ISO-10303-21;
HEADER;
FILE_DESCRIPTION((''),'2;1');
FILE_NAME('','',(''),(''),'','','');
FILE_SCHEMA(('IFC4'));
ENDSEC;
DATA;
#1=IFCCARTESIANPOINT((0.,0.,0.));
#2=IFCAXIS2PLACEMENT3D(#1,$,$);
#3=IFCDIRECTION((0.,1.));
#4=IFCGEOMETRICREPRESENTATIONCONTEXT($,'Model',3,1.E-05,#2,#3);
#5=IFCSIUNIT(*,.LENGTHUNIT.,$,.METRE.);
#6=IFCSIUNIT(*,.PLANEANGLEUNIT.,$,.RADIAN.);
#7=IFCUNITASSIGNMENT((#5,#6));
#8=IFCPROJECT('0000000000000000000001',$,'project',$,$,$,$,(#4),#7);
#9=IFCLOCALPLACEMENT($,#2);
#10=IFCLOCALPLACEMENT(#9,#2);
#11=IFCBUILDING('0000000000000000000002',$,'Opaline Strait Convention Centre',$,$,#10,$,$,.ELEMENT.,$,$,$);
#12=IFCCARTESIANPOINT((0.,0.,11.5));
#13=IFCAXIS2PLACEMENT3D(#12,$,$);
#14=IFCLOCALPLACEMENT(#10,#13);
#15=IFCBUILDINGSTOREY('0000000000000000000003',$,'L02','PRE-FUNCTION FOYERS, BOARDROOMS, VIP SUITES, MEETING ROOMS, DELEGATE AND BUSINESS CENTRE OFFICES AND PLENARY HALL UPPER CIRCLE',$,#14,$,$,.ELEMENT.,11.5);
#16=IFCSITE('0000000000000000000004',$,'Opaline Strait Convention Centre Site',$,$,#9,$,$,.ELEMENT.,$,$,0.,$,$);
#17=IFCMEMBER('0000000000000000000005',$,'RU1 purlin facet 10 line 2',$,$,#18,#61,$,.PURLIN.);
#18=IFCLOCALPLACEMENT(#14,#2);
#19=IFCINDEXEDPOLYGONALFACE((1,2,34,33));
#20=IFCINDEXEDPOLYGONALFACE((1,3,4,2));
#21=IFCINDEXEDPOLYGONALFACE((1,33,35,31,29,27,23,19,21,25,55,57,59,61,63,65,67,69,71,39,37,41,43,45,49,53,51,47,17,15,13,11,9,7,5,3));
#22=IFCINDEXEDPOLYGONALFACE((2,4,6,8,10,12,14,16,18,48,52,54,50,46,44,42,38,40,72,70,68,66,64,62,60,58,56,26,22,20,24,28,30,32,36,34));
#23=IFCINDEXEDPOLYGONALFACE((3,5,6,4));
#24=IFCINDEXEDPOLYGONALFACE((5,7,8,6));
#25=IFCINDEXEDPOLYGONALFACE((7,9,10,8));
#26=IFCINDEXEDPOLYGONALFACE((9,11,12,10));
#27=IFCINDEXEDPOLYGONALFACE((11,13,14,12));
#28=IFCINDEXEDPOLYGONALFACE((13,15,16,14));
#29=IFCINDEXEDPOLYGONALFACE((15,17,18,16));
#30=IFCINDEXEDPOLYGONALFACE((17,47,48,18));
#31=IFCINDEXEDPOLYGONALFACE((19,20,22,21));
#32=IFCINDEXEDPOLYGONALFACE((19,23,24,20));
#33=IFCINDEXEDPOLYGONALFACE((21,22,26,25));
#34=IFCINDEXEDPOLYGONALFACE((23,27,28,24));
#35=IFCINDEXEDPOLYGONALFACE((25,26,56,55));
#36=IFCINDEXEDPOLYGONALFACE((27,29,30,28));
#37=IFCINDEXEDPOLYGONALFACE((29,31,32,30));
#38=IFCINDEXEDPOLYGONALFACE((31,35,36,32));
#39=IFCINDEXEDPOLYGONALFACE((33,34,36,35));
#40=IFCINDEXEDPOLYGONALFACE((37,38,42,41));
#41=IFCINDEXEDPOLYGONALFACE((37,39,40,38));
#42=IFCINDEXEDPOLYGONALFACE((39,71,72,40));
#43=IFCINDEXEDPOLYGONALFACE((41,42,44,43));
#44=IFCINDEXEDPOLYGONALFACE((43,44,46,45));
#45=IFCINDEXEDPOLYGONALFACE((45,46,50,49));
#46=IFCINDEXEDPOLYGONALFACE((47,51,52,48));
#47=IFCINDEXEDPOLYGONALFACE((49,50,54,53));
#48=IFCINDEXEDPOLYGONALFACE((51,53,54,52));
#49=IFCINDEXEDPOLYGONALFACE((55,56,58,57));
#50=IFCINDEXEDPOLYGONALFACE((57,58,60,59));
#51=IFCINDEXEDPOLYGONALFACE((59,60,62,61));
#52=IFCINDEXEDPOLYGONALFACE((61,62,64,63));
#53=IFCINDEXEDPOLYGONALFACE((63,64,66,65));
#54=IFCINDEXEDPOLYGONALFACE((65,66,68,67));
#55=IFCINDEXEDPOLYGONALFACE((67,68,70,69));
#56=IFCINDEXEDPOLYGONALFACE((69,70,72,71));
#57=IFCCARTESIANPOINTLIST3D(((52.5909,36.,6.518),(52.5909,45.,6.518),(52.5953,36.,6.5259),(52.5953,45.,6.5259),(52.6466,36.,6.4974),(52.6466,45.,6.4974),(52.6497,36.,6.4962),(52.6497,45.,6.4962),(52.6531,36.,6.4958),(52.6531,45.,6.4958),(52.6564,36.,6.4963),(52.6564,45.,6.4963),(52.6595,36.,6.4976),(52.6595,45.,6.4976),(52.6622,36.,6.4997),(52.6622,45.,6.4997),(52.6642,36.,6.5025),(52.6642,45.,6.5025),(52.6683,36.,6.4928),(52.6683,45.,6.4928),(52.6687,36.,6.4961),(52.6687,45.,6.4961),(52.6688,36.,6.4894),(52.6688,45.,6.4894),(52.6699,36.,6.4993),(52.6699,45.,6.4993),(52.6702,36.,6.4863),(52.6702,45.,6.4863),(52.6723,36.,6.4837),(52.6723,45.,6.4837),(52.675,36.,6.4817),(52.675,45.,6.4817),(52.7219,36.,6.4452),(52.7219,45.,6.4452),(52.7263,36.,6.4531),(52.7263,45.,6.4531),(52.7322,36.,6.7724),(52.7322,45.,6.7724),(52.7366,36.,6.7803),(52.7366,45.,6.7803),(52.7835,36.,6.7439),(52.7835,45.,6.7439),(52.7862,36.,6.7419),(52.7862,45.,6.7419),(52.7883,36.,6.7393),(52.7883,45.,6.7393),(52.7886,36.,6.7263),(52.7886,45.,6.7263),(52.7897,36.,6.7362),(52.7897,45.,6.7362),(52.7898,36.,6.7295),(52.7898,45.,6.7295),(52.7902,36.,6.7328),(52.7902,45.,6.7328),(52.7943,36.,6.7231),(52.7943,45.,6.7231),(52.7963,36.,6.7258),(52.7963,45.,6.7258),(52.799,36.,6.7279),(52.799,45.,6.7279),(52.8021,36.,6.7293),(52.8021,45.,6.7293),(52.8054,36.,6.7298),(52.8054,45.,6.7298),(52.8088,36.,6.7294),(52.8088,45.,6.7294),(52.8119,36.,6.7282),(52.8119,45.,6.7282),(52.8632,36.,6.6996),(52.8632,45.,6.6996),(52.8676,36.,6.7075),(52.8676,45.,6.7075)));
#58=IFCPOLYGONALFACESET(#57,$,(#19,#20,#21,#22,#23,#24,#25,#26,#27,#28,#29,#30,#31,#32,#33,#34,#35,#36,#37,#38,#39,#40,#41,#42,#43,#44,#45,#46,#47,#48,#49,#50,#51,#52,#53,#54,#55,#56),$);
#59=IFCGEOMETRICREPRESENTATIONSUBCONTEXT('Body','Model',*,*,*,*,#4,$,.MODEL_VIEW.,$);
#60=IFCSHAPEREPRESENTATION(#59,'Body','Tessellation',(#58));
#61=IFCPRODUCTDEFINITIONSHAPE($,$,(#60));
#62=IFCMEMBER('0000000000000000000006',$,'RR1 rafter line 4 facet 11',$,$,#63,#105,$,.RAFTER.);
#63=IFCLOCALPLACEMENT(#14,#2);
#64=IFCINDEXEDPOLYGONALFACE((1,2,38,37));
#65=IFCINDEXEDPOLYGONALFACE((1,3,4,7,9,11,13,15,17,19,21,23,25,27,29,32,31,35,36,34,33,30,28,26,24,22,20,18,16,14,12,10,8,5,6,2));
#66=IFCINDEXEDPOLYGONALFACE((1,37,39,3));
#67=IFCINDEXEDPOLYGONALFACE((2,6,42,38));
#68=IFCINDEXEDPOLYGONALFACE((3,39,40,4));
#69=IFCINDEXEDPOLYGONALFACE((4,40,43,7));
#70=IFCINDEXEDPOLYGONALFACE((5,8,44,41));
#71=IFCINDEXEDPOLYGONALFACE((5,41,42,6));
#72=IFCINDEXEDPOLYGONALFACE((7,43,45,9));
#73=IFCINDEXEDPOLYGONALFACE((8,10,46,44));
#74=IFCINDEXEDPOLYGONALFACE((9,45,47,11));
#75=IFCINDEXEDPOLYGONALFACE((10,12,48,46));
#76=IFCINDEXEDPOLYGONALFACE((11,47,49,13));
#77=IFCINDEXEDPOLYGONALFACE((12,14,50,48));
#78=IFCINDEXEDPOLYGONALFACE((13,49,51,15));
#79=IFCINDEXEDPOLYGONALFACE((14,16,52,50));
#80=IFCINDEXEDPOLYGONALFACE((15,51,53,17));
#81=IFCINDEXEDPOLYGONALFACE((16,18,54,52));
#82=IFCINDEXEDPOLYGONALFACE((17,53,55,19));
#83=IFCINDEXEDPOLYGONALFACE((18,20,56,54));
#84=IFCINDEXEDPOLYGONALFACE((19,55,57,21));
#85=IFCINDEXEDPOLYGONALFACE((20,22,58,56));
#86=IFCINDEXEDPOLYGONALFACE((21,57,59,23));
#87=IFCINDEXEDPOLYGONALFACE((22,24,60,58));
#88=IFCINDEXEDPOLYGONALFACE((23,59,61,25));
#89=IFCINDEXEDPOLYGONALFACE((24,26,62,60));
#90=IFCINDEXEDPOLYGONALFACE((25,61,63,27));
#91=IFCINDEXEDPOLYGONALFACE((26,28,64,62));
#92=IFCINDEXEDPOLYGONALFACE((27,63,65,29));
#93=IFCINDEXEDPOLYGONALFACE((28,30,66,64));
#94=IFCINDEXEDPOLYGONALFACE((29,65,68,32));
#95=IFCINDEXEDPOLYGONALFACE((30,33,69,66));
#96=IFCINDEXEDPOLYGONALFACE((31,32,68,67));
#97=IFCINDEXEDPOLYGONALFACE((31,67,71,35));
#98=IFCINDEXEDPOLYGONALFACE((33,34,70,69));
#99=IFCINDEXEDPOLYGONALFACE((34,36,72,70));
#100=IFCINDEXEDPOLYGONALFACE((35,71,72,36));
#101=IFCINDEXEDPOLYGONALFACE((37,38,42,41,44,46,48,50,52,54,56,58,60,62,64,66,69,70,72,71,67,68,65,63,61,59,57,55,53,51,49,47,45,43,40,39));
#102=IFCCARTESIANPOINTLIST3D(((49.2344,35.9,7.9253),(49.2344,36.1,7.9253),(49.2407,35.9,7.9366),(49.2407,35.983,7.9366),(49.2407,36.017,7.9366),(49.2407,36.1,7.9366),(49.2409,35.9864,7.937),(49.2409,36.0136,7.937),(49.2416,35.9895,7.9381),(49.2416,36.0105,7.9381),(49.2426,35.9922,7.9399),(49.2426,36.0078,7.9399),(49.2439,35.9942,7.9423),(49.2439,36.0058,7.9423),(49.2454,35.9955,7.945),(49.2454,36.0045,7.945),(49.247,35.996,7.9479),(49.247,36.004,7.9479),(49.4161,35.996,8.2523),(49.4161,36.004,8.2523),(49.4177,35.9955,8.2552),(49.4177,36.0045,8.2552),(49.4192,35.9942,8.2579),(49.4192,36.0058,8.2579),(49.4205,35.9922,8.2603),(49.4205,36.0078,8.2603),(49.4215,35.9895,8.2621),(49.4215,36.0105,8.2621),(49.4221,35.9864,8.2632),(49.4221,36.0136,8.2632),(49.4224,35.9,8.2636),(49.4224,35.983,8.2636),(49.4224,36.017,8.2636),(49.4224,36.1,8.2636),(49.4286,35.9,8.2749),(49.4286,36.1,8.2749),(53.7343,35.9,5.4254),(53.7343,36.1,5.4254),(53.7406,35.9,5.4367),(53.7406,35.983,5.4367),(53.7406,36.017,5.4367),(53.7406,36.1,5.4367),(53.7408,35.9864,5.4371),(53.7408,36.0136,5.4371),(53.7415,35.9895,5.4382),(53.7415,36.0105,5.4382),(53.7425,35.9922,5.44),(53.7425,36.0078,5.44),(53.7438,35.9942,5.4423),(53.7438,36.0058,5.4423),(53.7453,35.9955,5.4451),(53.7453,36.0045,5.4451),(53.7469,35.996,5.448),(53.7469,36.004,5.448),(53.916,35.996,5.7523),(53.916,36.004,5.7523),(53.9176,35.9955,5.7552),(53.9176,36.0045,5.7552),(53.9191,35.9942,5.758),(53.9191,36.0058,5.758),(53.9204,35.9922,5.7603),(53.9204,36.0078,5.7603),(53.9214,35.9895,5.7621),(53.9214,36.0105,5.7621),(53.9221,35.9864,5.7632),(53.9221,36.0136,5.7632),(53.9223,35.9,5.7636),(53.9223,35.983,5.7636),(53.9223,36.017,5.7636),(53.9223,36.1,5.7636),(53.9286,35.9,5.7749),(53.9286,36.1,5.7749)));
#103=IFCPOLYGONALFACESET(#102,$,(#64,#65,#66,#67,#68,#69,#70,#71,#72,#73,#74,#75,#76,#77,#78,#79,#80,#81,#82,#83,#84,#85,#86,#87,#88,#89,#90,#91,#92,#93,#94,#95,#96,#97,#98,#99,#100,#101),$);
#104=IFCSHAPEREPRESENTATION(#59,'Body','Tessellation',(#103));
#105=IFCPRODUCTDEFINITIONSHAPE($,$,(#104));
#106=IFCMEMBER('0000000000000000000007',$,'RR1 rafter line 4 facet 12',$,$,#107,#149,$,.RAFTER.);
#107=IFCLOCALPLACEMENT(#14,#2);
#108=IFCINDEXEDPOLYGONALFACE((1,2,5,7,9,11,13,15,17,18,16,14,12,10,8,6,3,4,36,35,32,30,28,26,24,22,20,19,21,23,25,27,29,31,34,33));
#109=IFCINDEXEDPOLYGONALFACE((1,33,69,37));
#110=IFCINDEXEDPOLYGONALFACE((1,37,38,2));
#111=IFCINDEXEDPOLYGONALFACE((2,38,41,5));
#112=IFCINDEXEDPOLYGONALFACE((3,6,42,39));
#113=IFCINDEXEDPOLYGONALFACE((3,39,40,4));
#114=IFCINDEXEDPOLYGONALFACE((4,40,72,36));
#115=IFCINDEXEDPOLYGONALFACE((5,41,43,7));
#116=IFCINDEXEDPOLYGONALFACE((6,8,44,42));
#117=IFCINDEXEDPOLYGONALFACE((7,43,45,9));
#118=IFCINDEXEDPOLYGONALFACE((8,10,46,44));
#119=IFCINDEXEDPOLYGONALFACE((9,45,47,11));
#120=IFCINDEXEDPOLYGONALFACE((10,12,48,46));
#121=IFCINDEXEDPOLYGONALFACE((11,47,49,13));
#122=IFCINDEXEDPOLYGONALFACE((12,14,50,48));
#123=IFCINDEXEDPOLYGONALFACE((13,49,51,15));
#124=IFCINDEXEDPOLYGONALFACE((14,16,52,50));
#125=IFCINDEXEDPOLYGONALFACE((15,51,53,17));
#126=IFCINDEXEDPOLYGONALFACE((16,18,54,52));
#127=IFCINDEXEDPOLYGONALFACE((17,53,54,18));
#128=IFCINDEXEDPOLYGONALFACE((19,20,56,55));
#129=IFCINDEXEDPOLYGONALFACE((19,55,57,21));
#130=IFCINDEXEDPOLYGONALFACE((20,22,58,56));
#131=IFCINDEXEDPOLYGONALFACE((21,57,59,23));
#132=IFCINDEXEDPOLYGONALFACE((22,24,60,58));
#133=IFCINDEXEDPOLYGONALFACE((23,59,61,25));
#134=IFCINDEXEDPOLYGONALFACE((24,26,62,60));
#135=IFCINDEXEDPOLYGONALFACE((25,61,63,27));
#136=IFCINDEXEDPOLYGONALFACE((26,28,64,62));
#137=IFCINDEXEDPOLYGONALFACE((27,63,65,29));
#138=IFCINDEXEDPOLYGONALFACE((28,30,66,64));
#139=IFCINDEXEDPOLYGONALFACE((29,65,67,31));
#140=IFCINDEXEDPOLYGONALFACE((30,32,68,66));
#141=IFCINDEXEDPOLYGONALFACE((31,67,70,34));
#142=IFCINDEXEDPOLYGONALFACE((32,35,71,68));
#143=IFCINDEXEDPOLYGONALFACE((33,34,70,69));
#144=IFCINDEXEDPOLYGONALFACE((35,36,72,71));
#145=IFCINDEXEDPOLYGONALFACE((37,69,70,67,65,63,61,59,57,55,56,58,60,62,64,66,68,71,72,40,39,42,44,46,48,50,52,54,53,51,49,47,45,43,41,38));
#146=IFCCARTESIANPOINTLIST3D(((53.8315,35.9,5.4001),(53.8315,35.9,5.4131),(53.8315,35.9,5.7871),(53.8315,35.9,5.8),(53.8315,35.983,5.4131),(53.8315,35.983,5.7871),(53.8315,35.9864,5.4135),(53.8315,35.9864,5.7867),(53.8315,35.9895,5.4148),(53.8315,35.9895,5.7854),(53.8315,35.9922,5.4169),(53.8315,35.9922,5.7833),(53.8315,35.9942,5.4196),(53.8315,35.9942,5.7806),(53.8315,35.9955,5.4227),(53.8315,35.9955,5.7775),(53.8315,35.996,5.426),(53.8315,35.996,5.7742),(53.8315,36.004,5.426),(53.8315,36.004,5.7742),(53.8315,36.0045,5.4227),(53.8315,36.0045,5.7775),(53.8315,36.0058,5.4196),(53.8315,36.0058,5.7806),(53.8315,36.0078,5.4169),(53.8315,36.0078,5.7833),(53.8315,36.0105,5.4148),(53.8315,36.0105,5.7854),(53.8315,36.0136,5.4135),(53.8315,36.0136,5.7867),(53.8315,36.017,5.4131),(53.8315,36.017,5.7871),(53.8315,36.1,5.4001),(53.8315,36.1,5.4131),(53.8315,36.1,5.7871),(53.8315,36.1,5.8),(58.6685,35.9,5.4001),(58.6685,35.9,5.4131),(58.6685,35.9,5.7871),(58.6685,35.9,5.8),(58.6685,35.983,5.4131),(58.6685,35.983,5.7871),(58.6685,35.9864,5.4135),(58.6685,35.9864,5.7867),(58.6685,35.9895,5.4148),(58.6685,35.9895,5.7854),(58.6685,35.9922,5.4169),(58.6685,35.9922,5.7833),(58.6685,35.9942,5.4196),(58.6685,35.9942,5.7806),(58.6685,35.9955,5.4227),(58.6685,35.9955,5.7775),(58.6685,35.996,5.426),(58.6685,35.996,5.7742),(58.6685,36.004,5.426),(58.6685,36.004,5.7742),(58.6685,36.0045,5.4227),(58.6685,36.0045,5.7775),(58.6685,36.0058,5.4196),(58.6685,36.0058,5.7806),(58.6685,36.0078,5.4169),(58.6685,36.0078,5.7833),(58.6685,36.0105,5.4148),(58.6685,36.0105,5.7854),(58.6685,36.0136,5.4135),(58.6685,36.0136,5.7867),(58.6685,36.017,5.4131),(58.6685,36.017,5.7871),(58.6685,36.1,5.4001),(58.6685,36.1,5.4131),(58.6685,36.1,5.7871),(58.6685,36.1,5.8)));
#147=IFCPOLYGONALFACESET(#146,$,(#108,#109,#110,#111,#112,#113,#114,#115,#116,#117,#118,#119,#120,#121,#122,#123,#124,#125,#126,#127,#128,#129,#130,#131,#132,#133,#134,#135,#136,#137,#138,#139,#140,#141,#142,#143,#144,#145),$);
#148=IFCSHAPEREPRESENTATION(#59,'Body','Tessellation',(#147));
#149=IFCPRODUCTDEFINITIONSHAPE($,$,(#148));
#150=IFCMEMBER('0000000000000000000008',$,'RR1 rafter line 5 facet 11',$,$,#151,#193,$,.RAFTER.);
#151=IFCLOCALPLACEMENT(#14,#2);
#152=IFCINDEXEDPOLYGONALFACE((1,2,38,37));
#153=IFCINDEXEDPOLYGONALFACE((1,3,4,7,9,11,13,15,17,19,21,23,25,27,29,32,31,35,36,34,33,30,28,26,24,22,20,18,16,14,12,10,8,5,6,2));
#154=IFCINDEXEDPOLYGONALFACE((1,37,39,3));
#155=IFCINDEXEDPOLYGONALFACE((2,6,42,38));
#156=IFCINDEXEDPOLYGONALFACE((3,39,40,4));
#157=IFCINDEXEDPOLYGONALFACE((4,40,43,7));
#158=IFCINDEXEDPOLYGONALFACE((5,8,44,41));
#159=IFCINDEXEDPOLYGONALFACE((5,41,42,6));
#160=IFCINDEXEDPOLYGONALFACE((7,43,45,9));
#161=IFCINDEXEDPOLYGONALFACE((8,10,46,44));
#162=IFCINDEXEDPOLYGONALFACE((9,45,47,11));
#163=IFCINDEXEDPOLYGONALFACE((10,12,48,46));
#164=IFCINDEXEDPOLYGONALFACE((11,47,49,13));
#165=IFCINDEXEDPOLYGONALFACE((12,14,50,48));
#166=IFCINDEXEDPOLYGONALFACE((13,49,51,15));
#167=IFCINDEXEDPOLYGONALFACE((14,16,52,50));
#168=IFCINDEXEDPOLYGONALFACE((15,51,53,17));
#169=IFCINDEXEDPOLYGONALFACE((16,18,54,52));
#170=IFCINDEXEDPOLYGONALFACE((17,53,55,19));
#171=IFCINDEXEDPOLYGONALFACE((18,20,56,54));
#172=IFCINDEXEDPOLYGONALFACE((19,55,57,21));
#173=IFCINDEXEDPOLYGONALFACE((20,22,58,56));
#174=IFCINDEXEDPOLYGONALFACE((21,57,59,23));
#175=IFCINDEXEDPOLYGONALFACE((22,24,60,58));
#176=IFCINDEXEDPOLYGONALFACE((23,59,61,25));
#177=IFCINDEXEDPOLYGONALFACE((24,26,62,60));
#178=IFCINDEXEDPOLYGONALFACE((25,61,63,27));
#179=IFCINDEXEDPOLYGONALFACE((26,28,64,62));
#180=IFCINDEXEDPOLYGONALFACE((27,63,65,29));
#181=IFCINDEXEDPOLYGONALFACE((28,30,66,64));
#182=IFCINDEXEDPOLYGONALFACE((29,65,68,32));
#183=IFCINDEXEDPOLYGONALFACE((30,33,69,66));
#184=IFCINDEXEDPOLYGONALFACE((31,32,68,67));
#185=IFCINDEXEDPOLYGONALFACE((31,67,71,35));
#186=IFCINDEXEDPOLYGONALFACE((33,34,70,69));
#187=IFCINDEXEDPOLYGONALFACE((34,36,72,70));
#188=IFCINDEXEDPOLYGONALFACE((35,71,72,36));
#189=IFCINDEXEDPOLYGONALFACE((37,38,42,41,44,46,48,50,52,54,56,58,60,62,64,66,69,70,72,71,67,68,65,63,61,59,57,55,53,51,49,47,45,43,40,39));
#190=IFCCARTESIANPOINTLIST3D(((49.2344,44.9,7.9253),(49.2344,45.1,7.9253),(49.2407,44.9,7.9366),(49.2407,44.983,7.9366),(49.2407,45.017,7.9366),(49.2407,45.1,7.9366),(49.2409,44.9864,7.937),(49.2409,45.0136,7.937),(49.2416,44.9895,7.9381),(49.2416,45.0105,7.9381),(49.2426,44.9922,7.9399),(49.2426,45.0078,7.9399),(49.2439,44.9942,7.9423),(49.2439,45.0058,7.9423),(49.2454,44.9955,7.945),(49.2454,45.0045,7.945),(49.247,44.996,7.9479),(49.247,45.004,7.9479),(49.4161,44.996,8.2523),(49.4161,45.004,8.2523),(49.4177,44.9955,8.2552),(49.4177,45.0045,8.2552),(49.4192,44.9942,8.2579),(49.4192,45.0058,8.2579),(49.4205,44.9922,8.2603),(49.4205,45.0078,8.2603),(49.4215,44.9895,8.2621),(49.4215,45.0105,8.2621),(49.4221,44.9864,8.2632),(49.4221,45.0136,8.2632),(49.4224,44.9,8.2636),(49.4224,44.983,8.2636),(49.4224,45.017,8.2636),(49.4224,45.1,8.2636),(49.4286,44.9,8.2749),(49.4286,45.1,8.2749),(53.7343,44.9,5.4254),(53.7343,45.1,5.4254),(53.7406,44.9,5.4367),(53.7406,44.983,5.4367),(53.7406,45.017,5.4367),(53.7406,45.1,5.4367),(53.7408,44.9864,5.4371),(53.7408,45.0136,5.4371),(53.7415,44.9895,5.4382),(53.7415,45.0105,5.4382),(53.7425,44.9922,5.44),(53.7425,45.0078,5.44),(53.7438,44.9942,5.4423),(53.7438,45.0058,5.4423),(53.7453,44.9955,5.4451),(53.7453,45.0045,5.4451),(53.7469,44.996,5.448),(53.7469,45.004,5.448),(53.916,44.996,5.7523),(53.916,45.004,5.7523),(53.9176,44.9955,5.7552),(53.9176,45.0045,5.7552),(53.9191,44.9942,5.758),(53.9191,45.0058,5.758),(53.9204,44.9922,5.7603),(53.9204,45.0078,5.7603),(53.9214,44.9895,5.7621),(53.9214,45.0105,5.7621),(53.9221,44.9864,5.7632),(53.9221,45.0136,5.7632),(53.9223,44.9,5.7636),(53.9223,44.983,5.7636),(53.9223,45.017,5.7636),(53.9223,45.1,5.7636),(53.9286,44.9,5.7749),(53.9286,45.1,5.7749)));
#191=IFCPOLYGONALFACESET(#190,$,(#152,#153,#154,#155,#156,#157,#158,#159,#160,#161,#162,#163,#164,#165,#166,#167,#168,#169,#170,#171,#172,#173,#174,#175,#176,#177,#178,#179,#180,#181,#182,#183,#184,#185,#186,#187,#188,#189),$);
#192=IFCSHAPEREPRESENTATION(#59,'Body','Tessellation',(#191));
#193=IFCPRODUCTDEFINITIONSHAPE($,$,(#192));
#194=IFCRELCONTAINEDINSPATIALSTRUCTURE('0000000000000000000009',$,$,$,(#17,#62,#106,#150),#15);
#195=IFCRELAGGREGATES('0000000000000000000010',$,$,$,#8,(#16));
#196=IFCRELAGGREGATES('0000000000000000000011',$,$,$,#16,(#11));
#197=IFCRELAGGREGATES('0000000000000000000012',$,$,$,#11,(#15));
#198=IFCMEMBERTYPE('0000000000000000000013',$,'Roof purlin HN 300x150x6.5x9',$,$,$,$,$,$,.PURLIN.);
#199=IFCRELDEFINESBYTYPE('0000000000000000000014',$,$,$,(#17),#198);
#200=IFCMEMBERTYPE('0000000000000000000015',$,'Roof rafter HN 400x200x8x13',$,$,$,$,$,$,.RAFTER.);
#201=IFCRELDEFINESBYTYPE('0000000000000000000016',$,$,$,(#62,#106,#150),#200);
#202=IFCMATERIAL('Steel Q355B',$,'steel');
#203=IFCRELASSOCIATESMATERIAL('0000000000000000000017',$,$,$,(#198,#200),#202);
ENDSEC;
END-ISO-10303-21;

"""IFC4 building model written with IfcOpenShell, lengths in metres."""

from ifc_helpers import new_model, si_unit, direction, frame, origin, origin_2d, place, context, subcontext, project, spatial, i_section, extrude, material, material_profile, profile_set, type_object, element, save


model = new_model("IFC4")

# Units and contexts
model_context = context("Model", 3, precision=1e-05, world=origin(), true_north=direction((0.0, 1.0)))
body_context = subcontext(model_context, "Body", "Model", "MODEL_VIEW")
ifc_project = project(units=[si_unit("LENGTHUNIT", "METRE"), si_unit("PLANEANGLEUNIT", "RADIAN")], contexts=[model_context])

# Site, building, storey
site_placement = place(None, origin())
site = spatial("IfcSite", under=ifc_project, at=site_placement, Name="Opaline Strait Convention Centre Site", CompositionType="ELEMENT", RefElevation=0.0)
building_placement = place(site_placement, origin())
building = spatial("IfcBuilding", under=site, at=building_placement, Name="Opaline Strait Convention Centre", CompositionType="ELEMENT")
storey_placement = place(building_placement, frame((0.0, 0.0, 11.5)))
storey = spatial("IfcBuildingStorey", under=building, at=storey_placement, Name="L02", Description="PRE-FUNCTION FOYERS, BOARDROOMS, VIP SUITES, MEETING ROOMS, DELEGATE AND BUSINESS CENTRE OFFICES AND PLENARY HALL UPPER CIRCLE", CompositionType="ELEMENT", Elevation=11.5)

# Shared definitions
ifc_material_1 = material(Name="Steel Q355B", Category="steel")

# Members
ifc_material_profile_1 = material_profile(ifc_material_1, i_section(OverallWidth=0.1499, OverallDepth=0.3, WebThickness=0.0066, FlangeThickness=0.009, FilletRadius=0.0129, at=origin_2d()), Name="HN 300x150x6.5x9")
ifc_profile_set_1 = profile_set([ifc_material_profile_1], Name="Steel Q355B")
member_type_1 = type_object("IfcMemberType", Name="Roof purlin HN 300x150x6.5x9", PredefinedType="PURLIN", material=ifc_profile_set_1)
for number, where, z_axis, x_axis, name in (
    (1, (52.7292, 36.0, 6.6128), (0.0, 1.0, 0.0), (-0.874157, 0.0, 0.485643), "RU1 purlin facet 10 line 2"),
):
    element("IfcMember", number, at=place(storey_placement, frame(where, z_axis=z_axis, x_axis=x_axis)), inside=storey, type_object=member_type_1, Name=name, PredefinedType="PURLIN", context=body_context, shape_type="SweptSolid", body=[
        extrude(i_section(OverallWidth=0.1499, OverallDepth=0.3, WebThickness=0.0066, FlangeThickness=0.009, FilletRadius=0.0129, at=origin_2d()), origin(), (0.0, 0.0, 1.0), 9.0),
    ])
ifc_material_profile_2 = material_profile(ifc_material_1, i_section(OverallWidth=0.2, OverallDepth=0.3999, WebThickness=0.0081, FlangeThickness=0.0129, FilletRadius=0.0129, at=origin_2d()), Name="HN 400x200x8x13")
ifc_profile_set_2 = profile_set([ifc_material_profile_2], Name="Steel Q355B")
member_type_2 = type_object("IfcMemberType", Name="Roof rafter HN 400x200x8x13", PredefinedType="RAFTER", material=ifc_profile_set_2)
member_1_placement = place(storey_placement, frame((49.3315, 36.0, 8.1001), z_axis=(0.874157, 0.0, -0.485643), x_axis=(0.0, 1.0, 0.0)))
element("IfcMember", 2, at=member_1_placement, inside=storey, type_object=member_type_2, Name="RR1 rafter line 4 facet 11", PredefinedType="RAFTER", context=body_context, shape_type="SweptSolid", body=[
    extrude(i_section(OverallWidth=0.2, OverallDepth=0.3999, WebThickness=0.0081, FlangeThickness=0.0129, FilletRadius=0.0129, at=origin_2d()), origin(), (0.0, 0.0, 1.0), 5.1477),
])
member_2_placement = place(storey_placement, frame((53.8315, 36.0, 5.6001), z_axis=(1.0, 0.0, 0.0), x_axis=(0.0, 1.0, 0.0)))
element("IfcMember", 3, at=member_2_placement, inside=storey, type_object=member_type_2, Name="RR1 rafter line 4 facet 12", PredefinedType="RAFTER", context=body_context, shape_type="SweptSolid", body=[
    extrude(i_section(OverallWidth=0.2, OverallDepth=0.3999, WebThickness=0.0081, FlangeThickness=0.0129, FilletRadius=0.0129, at=origin_2d()), origin(), (0.0, 0.0, 1.0), 4.8369),
])
member_3_placement = place(storey_placement, frame((49.3315, 45.0, 8.1001), z_axis=(0.874157, 0.0, -0.485643), x_axis=(0.0, 1.0, 0.0)))
element("IfcMember", 4, at=member_3_placement, inside=storey, type_object=member_type_2, Name="RR1 rafter line 5 facet 11", PredefinedType="RAFTER", context=body_context, shape_type="SweptSolid", body=[
    extrude(i_section(OverallWidth=0.2, OverallDepth=0.3999, WebThickness=0.0081, FlangeThickness=0.0129, FilletRadius=0.0129, at=origin_2d()), origin(), (0.0, 0.0, 1.0), 5.1477),
])

save(model, "model.ifc")
